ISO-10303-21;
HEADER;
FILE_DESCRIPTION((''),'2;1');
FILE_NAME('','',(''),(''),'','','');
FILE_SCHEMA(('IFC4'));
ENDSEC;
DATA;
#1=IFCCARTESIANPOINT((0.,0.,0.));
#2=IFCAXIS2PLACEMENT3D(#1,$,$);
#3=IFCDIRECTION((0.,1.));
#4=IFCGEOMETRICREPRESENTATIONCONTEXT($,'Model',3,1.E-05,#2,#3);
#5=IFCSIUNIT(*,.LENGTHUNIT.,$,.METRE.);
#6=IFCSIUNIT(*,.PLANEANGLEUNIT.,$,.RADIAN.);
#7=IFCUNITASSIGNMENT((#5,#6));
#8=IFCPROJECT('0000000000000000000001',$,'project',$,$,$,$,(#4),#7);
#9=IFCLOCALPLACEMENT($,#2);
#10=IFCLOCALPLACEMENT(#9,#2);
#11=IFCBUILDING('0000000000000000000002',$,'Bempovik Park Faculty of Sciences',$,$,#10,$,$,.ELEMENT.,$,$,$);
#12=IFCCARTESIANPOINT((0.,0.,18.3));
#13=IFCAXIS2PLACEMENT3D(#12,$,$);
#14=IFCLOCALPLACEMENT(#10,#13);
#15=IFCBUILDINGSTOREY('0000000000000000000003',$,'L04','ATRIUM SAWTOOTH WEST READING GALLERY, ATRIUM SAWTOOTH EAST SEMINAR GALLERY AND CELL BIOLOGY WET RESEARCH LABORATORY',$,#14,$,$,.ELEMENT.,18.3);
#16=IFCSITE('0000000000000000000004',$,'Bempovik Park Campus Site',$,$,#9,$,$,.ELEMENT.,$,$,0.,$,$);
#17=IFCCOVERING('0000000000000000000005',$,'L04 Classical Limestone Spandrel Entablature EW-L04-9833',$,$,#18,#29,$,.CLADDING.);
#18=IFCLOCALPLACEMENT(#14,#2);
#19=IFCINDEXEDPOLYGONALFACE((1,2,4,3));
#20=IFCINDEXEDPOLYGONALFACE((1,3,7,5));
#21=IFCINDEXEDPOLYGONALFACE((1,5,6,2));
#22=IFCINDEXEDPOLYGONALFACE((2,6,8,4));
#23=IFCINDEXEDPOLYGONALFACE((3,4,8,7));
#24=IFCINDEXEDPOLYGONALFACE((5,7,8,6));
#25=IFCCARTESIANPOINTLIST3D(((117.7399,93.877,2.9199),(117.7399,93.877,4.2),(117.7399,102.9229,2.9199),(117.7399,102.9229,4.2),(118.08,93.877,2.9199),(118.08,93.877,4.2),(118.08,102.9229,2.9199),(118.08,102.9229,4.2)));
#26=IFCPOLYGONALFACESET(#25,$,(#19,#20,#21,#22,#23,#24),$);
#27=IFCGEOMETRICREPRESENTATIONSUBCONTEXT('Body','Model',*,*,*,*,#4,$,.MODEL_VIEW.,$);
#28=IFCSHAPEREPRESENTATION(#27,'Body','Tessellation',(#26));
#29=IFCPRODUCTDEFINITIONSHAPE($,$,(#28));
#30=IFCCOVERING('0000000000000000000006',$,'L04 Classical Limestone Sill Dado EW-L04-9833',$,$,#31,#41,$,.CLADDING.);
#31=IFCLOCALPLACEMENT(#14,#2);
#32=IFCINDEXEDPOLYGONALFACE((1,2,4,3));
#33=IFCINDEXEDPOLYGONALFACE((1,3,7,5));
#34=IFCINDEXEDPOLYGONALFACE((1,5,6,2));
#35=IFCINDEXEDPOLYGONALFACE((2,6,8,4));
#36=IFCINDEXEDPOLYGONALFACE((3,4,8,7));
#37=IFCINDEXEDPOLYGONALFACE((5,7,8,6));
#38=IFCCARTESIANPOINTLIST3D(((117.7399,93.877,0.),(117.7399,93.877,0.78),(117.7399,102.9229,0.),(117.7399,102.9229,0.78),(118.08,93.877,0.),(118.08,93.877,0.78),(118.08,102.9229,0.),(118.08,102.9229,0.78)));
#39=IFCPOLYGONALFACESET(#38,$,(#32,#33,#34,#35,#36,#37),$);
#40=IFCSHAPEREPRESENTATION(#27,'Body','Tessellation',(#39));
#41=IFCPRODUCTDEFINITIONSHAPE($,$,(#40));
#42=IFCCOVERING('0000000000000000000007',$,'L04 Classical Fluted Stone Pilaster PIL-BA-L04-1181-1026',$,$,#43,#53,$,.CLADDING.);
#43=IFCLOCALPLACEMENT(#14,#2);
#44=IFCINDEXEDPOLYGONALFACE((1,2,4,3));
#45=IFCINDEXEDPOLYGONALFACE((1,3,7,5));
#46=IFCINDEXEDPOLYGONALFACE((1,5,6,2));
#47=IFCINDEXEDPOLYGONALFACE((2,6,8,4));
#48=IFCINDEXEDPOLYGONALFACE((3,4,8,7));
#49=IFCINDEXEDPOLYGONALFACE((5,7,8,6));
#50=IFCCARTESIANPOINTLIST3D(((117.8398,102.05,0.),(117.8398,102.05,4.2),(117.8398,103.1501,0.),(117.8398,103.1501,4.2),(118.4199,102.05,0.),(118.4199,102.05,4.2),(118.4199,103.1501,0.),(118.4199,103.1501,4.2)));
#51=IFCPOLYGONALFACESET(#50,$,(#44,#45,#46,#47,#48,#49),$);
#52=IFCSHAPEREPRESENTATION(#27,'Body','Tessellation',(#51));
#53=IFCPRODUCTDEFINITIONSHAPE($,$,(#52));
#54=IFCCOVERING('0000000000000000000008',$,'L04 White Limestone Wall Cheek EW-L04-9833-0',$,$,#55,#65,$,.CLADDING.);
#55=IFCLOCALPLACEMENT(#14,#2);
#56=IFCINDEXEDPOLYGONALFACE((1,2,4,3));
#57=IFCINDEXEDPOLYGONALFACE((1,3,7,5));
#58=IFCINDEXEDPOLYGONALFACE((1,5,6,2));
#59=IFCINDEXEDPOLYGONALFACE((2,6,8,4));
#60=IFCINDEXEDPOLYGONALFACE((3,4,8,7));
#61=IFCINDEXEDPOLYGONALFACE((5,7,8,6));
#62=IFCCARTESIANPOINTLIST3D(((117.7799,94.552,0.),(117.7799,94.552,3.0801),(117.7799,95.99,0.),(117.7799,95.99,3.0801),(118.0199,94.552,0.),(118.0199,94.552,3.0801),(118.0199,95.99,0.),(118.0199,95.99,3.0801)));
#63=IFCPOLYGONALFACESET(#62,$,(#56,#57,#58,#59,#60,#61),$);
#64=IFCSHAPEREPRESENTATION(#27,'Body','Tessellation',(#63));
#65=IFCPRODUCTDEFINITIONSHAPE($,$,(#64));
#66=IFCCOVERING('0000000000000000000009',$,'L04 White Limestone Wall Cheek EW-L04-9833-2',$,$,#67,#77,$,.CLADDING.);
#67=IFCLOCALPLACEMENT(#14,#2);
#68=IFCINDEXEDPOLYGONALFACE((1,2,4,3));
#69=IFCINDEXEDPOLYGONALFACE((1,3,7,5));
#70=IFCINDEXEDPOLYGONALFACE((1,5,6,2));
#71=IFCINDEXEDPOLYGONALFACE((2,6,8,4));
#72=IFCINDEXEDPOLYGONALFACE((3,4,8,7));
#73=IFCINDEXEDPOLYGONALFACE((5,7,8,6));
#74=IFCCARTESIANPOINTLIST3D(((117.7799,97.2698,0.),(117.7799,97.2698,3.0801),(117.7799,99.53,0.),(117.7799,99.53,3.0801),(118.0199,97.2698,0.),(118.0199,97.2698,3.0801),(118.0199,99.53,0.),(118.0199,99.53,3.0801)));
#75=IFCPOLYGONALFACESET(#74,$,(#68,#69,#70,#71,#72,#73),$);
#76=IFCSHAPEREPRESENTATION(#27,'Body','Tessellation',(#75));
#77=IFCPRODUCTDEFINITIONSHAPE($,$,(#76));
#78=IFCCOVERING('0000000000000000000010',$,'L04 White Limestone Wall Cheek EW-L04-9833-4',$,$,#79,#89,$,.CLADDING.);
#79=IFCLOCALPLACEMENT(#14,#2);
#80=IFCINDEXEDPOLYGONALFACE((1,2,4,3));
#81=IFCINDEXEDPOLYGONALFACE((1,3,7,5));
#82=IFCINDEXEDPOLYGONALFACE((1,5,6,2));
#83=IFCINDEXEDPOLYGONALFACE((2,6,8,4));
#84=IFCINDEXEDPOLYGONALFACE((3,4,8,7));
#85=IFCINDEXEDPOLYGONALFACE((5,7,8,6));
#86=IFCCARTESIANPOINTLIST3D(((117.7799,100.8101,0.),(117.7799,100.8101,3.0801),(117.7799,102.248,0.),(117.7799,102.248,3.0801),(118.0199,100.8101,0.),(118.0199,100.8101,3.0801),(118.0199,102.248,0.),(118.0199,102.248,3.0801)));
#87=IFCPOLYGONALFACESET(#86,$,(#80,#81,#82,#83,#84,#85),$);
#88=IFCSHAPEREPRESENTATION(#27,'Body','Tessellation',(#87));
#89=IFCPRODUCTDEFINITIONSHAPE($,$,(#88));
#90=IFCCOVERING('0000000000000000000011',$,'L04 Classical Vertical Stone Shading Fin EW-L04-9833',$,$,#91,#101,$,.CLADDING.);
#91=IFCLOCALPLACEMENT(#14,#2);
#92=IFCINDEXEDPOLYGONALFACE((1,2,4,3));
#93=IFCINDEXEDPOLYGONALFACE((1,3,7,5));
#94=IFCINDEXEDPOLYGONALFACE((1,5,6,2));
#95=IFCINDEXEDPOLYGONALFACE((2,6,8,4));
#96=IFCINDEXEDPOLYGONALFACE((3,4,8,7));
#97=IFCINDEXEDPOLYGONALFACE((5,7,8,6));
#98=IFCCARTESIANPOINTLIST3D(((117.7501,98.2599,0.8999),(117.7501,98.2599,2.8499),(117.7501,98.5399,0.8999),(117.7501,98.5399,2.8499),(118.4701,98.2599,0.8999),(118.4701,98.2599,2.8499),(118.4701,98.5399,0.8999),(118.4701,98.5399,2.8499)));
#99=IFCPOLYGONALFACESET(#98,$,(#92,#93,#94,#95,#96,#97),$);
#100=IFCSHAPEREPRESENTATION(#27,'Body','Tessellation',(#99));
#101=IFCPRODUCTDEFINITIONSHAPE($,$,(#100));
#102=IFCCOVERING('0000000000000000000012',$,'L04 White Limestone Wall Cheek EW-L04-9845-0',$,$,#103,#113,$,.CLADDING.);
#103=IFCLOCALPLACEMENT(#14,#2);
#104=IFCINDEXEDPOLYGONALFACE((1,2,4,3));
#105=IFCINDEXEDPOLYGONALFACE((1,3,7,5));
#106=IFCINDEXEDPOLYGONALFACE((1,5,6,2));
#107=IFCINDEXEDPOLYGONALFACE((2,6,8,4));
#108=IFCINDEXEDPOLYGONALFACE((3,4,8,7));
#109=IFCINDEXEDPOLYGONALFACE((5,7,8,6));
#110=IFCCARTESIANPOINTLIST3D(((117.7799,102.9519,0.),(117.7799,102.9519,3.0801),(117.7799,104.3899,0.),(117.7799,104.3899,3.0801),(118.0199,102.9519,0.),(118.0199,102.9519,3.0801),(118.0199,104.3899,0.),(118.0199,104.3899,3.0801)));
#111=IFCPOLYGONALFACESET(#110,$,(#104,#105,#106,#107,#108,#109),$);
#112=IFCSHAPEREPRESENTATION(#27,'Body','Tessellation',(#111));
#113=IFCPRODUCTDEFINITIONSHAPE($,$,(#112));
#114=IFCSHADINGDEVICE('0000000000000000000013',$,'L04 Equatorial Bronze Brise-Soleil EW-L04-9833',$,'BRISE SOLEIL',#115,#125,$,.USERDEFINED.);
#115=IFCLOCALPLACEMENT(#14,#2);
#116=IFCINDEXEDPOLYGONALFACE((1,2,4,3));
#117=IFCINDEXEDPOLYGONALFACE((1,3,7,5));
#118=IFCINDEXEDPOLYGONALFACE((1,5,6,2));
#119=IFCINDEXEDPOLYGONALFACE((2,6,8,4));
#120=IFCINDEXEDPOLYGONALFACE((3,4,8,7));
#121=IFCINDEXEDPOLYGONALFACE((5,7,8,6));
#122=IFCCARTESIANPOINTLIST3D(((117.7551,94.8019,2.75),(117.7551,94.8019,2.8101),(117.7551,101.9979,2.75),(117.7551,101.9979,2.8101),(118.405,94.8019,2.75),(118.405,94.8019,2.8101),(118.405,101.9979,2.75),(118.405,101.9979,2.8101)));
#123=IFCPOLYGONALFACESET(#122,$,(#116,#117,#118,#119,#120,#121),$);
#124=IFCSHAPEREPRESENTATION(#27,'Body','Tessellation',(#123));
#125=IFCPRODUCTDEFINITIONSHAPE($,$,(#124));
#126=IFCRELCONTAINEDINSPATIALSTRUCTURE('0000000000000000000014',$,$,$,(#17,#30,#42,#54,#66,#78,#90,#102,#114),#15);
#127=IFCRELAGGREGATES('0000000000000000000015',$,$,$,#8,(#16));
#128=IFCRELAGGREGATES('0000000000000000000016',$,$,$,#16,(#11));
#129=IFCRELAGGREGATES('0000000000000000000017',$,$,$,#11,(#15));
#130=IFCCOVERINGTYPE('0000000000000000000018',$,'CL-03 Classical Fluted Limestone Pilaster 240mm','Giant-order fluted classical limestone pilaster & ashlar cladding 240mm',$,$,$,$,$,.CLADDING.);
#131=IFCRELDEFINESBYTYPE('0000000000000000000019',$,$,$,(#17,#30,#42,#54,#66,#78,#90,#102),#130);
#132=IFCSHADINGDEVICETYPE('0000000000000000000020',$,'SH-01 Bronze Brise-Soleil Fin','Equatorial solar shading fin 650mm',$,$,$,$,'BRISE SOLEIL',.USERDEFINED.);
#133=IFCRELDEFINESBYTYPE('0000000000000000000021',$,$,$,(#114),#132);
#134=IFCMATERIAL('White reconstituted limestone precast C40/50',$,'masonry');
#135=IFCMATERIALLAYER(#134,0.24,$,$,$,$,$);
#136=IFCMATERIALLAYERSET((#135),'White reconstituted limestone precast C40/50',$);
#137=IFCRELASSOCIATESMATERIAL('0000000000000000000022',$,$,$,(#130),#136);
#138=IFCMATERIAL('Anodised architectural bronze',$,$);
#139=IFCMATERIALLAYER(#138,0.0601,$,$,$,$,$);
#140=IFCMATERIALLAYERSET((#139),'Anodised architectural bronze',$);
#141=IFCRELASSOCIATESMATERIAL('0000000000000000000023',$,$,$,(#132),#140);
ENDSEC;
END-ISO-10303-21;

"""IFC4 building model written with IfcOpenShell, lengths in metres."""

from ifc_helpers import new_model, si_unit, direction, frame, origin, origin_2d, place, context, subcontext, project, spatial, rectangle, extrude, material, layer, layer_set, type_object, element, save


model = new_model("IFC4")

# Units and contexts
model_context = context("Model", 3, precision=1e-05, world=origin(), true_north=direction((0.0, 1.0)))
body_context = subcontext(model_context, "Body", "Model", "MODEL_VIEW")
ifc_project = project(units=[si_unit("LENGTHUNIT", "METRE"), si_unit("PLANEANGLEUNIT", "RADIAN")], contexts=[model_context])

# Site, building, storey
site_placement = place(None, origin())
site = spatial("IfcSite", under=ifc_project, at=site_placement, Name="Bempovik Park Campus Site", CompositionType="ELEMENT", RefElevation=0.0)
building_placement = place(site_placement, origin())
building = spatial("IfcBuilding", under=site, at=building_placement, Name="Bempovik Park Faculty of Sciences", CompositionType="ELEMENT")
storey_placement = place(building_placement, frame((0.0, 0.0, 18.3)))
storey = spatial("IfcBuildingStorey", under=building, at=storey_placement, Name="L04", Description="ATRIUM SAWTOOTH WEST READING GALLERY, ATRIUM SAWTOOTH EAST SEMINAR GALLERY AND CELL BIOLOGY WET RESEARCH LABORATORY", CompositionType="ELEMENT", Elevation=18.3)

# Coverings
ifc_material_1 = material(Name="White reconstituted limestone precast C40/50", Category="masonry")
ifc_layer_1 = layer(ifc_material_1, 0.24)
ifc_layer_set_1 = layer_set([ifc_layer_1], Name="White reconstituted limestone precast C40/50")
covering_type_1 = type_object("IfcCoveringType", Name="CL-03 Classical Fluted Limestone Pilaster 240mm", Description="Giant-order fluted classical limestone pilaster & ashlar cladding 240mm", PredefinedType="CLADDING", material=ifc_layer_set_1)
covering_1_placement = place(storey_placement, frame((117.9099, 98.3999, 2.9199), z_axis=(0.0, 0.0, 1.0), x_axis=(1.0, 0.0, 0.0)))
element("IfcCovering", 1, at=covering_1_placement, inside=storey, type_object=covering_type_1, Name="L04 Classical Limestone Spandrel Entablature EW-L04-9833", PredefinedType="CLADDING", context=body_context, shape_type="SweptSolid", body=[
    extrude(rectangle(XDim=0.3401, YDim=9.0459, at=origin_2d()), origin(), (0.0, 0.0, 1.0), 1.28),
])
covering_2_placement = place(storey_placement, frame((117.9099, 98.3999, 0.0), z_axis=(0.0, 0.0, 1.0), x_axis=(1.0, 0.0, 0.0)))
element("IfcCovering", 2, at=covering_2_placement, inside=storey, type_object=covering_type_1, Name="L04 Classical Limestone Sill Dado EW-L04-9833", PredefinedType="CLADDING", context=body_context, shape_type="SweptSolid", body=[
    extrude(rectangle(XDim=0.3401, YDim=9.0459, at=origin_2d()), origin(), (0.0, 0.0, 1.0), 0.78),
])
covering_3_placement = place(storey_placement, frame((118.1299, 102.6001, 0.0), z_axis=(0.0, 0.0, 1.0), x_axis=(1.0, 0.0, 0.0)))
element("IfcCovering", 3, at=covering_3_placement, inside=storey, type_object=covering_type_1, Name="L04 Classical Fluted Stone Pilaster PIL-BA-L04-1181-1026", PredefinedType="CLADDING", context=body_context, shape_type="SweptSolid", body=[
    extrude(rectangle(XDim=0.5801, YDim=1.1001, at=origin_2d()), origin(), (0.0, 0.0, 1.0), 4.2),
])
covering_4_placement = place(storey_placement, frame((117.8999, 95.271, 0.0), z_axis=(0.0, 0.0, 1.0), x_axis=(1.0, 0.0, 0.0)))
element("IfcCovering", 4, at=covering_4_placement, inside=storey, type_object=covering_type_1, Name="L04 White Limestone Wall Cheek EW-L04-9833-0", PredefinedType="CLADDING", context=body_context, shape_type="SweptSolid", body=[
    extrude(rectangle(XDim=0.24, YDim=1.438, at=origin_2d()), origin(), (0.0, 0.0, 1.0), 3.0801),
])
covering_5_placement = place(storey_placement, frame((117.8999, 98.3999, 0.0), z_axis=(0.0, 0.0, 1.0), x_axis=(1.0, 0.0, 0.0)))
element("IfcCovering", 5, at=covering_5_placement, inside=storey, type_object=covering_type_1, Name="L04 White Limestone Wall Cheek EW-L04-9833-2", PredefinedType="CLADDING", context=body_context, shape_type="SweptSolid", body=[
    extrude(rectangle(XDim=0.24, YDim=2.2603, at=origin_2d()), origin(), (0.0, 0.0, 1.0), 3.0801),
])
covering_6_placement = place(storey_placement, frame((117.8999, 101.5291, 0.0), z_axis=(0.0, 0.0, 1.0), x_axis=(1.0, 0.0, 0.0)))
element("IfcCovering", 6, at=covering_6_placement, inside=storey, type_object=covering_type_1, Name="L04 White Limestone Wall Cheek EW-L04-9833-4", PredefinedType="CLADDING", context=body_context, shape_type="SweptSolid", body=[
    extrude(rectangle(XDim=0.24, YDim=1.438, at=origin_2d()), origin(), (0.0, 0.0, 1.0), 3.0801),
])
covering_7_placement = place(storey_placement, frame((118.1101, 98.3999, 0.8999), z_axis=(0.0, 0.0, 1.0), x_axis=(1.0, 0.0, 0.0)))
element("IfcCovering", 7, at=covering_7_placement, inside=storey, type_object=covering_type_1, Name="L04 Classical Vertical Stone Shading Fin EW-L04-9833", PredefinedType="CLADDING", context=body_context, shape_type="SweptSolid", body=[
    extrude(rectangle(XDim=0.72, YDim=0.28, at=origin_2d()), origin(), (0.0, 0.0, 1.0), 1.95),
])
covering_8_placement = place(storey_placement, frame((117.8999, 103.6709, 0.0), z_axis=(0.0, 0.0, 1.0), x_axis=(1.0, 0.0, 0.0)))
element("IfcCovering", 8, at=covering_8_placement, inside=storey, type_object=covering_type_1, Name="L04 White Limestone Wall Cheek EW-L04-9845-0", PredefinedType="CLADDING", context=body_context, shape_type="SweptSolid", body=[
    extrude(rectangle(XDim=0.24, YDim=1.438, at=origin_2d()), origin(), (0.0, 0.0, 1.0), 3.0801),
])

# Shading device
ifc_material_2 = material(Name="Anodised architectural bronze")
ifc_layer_2 = layer(ifc_material_2, 0.0601)
ifc_layer_set_2 = layer_set([ifc_layer_2], Name="Anodised architectural bronze")
shading_device_type = type_object("IfcShadingDeviceType", Name="SH-01 Bronze Brise-Soleil Fin", Description="Equatorial solar shading fin 650mm", ElementType="BRISE SOLEIL", PredefinedType="USERDEFINED", material=ifc_layer_set_2)
shading_device_placement = place(storey_placement, frame((118.0801, 98.3999, 2.75), z_axis=(0.0, 0.0, 1.0), x_axis=(1.0, 0.0, 0.0)))
element("IfcShadingDevice", 9, at=shading_device_placement, inside=storey, type_object=shading_device_type, Name="L04 Equatorial Bronze Brise-Soleil EW-L04-9833", ObjectType="BRISE SOLEIL", PredefinedType="USERDEFINED", context=body_context, shape_type="SweptSolid", body=[
    extrude(rectangle(XDim=0.6499, YDim=7.196, at=origin_2d()), origin(), (0.0, 0.0, 1.0), 0.0601),
])

save(model, "model.ifc")
